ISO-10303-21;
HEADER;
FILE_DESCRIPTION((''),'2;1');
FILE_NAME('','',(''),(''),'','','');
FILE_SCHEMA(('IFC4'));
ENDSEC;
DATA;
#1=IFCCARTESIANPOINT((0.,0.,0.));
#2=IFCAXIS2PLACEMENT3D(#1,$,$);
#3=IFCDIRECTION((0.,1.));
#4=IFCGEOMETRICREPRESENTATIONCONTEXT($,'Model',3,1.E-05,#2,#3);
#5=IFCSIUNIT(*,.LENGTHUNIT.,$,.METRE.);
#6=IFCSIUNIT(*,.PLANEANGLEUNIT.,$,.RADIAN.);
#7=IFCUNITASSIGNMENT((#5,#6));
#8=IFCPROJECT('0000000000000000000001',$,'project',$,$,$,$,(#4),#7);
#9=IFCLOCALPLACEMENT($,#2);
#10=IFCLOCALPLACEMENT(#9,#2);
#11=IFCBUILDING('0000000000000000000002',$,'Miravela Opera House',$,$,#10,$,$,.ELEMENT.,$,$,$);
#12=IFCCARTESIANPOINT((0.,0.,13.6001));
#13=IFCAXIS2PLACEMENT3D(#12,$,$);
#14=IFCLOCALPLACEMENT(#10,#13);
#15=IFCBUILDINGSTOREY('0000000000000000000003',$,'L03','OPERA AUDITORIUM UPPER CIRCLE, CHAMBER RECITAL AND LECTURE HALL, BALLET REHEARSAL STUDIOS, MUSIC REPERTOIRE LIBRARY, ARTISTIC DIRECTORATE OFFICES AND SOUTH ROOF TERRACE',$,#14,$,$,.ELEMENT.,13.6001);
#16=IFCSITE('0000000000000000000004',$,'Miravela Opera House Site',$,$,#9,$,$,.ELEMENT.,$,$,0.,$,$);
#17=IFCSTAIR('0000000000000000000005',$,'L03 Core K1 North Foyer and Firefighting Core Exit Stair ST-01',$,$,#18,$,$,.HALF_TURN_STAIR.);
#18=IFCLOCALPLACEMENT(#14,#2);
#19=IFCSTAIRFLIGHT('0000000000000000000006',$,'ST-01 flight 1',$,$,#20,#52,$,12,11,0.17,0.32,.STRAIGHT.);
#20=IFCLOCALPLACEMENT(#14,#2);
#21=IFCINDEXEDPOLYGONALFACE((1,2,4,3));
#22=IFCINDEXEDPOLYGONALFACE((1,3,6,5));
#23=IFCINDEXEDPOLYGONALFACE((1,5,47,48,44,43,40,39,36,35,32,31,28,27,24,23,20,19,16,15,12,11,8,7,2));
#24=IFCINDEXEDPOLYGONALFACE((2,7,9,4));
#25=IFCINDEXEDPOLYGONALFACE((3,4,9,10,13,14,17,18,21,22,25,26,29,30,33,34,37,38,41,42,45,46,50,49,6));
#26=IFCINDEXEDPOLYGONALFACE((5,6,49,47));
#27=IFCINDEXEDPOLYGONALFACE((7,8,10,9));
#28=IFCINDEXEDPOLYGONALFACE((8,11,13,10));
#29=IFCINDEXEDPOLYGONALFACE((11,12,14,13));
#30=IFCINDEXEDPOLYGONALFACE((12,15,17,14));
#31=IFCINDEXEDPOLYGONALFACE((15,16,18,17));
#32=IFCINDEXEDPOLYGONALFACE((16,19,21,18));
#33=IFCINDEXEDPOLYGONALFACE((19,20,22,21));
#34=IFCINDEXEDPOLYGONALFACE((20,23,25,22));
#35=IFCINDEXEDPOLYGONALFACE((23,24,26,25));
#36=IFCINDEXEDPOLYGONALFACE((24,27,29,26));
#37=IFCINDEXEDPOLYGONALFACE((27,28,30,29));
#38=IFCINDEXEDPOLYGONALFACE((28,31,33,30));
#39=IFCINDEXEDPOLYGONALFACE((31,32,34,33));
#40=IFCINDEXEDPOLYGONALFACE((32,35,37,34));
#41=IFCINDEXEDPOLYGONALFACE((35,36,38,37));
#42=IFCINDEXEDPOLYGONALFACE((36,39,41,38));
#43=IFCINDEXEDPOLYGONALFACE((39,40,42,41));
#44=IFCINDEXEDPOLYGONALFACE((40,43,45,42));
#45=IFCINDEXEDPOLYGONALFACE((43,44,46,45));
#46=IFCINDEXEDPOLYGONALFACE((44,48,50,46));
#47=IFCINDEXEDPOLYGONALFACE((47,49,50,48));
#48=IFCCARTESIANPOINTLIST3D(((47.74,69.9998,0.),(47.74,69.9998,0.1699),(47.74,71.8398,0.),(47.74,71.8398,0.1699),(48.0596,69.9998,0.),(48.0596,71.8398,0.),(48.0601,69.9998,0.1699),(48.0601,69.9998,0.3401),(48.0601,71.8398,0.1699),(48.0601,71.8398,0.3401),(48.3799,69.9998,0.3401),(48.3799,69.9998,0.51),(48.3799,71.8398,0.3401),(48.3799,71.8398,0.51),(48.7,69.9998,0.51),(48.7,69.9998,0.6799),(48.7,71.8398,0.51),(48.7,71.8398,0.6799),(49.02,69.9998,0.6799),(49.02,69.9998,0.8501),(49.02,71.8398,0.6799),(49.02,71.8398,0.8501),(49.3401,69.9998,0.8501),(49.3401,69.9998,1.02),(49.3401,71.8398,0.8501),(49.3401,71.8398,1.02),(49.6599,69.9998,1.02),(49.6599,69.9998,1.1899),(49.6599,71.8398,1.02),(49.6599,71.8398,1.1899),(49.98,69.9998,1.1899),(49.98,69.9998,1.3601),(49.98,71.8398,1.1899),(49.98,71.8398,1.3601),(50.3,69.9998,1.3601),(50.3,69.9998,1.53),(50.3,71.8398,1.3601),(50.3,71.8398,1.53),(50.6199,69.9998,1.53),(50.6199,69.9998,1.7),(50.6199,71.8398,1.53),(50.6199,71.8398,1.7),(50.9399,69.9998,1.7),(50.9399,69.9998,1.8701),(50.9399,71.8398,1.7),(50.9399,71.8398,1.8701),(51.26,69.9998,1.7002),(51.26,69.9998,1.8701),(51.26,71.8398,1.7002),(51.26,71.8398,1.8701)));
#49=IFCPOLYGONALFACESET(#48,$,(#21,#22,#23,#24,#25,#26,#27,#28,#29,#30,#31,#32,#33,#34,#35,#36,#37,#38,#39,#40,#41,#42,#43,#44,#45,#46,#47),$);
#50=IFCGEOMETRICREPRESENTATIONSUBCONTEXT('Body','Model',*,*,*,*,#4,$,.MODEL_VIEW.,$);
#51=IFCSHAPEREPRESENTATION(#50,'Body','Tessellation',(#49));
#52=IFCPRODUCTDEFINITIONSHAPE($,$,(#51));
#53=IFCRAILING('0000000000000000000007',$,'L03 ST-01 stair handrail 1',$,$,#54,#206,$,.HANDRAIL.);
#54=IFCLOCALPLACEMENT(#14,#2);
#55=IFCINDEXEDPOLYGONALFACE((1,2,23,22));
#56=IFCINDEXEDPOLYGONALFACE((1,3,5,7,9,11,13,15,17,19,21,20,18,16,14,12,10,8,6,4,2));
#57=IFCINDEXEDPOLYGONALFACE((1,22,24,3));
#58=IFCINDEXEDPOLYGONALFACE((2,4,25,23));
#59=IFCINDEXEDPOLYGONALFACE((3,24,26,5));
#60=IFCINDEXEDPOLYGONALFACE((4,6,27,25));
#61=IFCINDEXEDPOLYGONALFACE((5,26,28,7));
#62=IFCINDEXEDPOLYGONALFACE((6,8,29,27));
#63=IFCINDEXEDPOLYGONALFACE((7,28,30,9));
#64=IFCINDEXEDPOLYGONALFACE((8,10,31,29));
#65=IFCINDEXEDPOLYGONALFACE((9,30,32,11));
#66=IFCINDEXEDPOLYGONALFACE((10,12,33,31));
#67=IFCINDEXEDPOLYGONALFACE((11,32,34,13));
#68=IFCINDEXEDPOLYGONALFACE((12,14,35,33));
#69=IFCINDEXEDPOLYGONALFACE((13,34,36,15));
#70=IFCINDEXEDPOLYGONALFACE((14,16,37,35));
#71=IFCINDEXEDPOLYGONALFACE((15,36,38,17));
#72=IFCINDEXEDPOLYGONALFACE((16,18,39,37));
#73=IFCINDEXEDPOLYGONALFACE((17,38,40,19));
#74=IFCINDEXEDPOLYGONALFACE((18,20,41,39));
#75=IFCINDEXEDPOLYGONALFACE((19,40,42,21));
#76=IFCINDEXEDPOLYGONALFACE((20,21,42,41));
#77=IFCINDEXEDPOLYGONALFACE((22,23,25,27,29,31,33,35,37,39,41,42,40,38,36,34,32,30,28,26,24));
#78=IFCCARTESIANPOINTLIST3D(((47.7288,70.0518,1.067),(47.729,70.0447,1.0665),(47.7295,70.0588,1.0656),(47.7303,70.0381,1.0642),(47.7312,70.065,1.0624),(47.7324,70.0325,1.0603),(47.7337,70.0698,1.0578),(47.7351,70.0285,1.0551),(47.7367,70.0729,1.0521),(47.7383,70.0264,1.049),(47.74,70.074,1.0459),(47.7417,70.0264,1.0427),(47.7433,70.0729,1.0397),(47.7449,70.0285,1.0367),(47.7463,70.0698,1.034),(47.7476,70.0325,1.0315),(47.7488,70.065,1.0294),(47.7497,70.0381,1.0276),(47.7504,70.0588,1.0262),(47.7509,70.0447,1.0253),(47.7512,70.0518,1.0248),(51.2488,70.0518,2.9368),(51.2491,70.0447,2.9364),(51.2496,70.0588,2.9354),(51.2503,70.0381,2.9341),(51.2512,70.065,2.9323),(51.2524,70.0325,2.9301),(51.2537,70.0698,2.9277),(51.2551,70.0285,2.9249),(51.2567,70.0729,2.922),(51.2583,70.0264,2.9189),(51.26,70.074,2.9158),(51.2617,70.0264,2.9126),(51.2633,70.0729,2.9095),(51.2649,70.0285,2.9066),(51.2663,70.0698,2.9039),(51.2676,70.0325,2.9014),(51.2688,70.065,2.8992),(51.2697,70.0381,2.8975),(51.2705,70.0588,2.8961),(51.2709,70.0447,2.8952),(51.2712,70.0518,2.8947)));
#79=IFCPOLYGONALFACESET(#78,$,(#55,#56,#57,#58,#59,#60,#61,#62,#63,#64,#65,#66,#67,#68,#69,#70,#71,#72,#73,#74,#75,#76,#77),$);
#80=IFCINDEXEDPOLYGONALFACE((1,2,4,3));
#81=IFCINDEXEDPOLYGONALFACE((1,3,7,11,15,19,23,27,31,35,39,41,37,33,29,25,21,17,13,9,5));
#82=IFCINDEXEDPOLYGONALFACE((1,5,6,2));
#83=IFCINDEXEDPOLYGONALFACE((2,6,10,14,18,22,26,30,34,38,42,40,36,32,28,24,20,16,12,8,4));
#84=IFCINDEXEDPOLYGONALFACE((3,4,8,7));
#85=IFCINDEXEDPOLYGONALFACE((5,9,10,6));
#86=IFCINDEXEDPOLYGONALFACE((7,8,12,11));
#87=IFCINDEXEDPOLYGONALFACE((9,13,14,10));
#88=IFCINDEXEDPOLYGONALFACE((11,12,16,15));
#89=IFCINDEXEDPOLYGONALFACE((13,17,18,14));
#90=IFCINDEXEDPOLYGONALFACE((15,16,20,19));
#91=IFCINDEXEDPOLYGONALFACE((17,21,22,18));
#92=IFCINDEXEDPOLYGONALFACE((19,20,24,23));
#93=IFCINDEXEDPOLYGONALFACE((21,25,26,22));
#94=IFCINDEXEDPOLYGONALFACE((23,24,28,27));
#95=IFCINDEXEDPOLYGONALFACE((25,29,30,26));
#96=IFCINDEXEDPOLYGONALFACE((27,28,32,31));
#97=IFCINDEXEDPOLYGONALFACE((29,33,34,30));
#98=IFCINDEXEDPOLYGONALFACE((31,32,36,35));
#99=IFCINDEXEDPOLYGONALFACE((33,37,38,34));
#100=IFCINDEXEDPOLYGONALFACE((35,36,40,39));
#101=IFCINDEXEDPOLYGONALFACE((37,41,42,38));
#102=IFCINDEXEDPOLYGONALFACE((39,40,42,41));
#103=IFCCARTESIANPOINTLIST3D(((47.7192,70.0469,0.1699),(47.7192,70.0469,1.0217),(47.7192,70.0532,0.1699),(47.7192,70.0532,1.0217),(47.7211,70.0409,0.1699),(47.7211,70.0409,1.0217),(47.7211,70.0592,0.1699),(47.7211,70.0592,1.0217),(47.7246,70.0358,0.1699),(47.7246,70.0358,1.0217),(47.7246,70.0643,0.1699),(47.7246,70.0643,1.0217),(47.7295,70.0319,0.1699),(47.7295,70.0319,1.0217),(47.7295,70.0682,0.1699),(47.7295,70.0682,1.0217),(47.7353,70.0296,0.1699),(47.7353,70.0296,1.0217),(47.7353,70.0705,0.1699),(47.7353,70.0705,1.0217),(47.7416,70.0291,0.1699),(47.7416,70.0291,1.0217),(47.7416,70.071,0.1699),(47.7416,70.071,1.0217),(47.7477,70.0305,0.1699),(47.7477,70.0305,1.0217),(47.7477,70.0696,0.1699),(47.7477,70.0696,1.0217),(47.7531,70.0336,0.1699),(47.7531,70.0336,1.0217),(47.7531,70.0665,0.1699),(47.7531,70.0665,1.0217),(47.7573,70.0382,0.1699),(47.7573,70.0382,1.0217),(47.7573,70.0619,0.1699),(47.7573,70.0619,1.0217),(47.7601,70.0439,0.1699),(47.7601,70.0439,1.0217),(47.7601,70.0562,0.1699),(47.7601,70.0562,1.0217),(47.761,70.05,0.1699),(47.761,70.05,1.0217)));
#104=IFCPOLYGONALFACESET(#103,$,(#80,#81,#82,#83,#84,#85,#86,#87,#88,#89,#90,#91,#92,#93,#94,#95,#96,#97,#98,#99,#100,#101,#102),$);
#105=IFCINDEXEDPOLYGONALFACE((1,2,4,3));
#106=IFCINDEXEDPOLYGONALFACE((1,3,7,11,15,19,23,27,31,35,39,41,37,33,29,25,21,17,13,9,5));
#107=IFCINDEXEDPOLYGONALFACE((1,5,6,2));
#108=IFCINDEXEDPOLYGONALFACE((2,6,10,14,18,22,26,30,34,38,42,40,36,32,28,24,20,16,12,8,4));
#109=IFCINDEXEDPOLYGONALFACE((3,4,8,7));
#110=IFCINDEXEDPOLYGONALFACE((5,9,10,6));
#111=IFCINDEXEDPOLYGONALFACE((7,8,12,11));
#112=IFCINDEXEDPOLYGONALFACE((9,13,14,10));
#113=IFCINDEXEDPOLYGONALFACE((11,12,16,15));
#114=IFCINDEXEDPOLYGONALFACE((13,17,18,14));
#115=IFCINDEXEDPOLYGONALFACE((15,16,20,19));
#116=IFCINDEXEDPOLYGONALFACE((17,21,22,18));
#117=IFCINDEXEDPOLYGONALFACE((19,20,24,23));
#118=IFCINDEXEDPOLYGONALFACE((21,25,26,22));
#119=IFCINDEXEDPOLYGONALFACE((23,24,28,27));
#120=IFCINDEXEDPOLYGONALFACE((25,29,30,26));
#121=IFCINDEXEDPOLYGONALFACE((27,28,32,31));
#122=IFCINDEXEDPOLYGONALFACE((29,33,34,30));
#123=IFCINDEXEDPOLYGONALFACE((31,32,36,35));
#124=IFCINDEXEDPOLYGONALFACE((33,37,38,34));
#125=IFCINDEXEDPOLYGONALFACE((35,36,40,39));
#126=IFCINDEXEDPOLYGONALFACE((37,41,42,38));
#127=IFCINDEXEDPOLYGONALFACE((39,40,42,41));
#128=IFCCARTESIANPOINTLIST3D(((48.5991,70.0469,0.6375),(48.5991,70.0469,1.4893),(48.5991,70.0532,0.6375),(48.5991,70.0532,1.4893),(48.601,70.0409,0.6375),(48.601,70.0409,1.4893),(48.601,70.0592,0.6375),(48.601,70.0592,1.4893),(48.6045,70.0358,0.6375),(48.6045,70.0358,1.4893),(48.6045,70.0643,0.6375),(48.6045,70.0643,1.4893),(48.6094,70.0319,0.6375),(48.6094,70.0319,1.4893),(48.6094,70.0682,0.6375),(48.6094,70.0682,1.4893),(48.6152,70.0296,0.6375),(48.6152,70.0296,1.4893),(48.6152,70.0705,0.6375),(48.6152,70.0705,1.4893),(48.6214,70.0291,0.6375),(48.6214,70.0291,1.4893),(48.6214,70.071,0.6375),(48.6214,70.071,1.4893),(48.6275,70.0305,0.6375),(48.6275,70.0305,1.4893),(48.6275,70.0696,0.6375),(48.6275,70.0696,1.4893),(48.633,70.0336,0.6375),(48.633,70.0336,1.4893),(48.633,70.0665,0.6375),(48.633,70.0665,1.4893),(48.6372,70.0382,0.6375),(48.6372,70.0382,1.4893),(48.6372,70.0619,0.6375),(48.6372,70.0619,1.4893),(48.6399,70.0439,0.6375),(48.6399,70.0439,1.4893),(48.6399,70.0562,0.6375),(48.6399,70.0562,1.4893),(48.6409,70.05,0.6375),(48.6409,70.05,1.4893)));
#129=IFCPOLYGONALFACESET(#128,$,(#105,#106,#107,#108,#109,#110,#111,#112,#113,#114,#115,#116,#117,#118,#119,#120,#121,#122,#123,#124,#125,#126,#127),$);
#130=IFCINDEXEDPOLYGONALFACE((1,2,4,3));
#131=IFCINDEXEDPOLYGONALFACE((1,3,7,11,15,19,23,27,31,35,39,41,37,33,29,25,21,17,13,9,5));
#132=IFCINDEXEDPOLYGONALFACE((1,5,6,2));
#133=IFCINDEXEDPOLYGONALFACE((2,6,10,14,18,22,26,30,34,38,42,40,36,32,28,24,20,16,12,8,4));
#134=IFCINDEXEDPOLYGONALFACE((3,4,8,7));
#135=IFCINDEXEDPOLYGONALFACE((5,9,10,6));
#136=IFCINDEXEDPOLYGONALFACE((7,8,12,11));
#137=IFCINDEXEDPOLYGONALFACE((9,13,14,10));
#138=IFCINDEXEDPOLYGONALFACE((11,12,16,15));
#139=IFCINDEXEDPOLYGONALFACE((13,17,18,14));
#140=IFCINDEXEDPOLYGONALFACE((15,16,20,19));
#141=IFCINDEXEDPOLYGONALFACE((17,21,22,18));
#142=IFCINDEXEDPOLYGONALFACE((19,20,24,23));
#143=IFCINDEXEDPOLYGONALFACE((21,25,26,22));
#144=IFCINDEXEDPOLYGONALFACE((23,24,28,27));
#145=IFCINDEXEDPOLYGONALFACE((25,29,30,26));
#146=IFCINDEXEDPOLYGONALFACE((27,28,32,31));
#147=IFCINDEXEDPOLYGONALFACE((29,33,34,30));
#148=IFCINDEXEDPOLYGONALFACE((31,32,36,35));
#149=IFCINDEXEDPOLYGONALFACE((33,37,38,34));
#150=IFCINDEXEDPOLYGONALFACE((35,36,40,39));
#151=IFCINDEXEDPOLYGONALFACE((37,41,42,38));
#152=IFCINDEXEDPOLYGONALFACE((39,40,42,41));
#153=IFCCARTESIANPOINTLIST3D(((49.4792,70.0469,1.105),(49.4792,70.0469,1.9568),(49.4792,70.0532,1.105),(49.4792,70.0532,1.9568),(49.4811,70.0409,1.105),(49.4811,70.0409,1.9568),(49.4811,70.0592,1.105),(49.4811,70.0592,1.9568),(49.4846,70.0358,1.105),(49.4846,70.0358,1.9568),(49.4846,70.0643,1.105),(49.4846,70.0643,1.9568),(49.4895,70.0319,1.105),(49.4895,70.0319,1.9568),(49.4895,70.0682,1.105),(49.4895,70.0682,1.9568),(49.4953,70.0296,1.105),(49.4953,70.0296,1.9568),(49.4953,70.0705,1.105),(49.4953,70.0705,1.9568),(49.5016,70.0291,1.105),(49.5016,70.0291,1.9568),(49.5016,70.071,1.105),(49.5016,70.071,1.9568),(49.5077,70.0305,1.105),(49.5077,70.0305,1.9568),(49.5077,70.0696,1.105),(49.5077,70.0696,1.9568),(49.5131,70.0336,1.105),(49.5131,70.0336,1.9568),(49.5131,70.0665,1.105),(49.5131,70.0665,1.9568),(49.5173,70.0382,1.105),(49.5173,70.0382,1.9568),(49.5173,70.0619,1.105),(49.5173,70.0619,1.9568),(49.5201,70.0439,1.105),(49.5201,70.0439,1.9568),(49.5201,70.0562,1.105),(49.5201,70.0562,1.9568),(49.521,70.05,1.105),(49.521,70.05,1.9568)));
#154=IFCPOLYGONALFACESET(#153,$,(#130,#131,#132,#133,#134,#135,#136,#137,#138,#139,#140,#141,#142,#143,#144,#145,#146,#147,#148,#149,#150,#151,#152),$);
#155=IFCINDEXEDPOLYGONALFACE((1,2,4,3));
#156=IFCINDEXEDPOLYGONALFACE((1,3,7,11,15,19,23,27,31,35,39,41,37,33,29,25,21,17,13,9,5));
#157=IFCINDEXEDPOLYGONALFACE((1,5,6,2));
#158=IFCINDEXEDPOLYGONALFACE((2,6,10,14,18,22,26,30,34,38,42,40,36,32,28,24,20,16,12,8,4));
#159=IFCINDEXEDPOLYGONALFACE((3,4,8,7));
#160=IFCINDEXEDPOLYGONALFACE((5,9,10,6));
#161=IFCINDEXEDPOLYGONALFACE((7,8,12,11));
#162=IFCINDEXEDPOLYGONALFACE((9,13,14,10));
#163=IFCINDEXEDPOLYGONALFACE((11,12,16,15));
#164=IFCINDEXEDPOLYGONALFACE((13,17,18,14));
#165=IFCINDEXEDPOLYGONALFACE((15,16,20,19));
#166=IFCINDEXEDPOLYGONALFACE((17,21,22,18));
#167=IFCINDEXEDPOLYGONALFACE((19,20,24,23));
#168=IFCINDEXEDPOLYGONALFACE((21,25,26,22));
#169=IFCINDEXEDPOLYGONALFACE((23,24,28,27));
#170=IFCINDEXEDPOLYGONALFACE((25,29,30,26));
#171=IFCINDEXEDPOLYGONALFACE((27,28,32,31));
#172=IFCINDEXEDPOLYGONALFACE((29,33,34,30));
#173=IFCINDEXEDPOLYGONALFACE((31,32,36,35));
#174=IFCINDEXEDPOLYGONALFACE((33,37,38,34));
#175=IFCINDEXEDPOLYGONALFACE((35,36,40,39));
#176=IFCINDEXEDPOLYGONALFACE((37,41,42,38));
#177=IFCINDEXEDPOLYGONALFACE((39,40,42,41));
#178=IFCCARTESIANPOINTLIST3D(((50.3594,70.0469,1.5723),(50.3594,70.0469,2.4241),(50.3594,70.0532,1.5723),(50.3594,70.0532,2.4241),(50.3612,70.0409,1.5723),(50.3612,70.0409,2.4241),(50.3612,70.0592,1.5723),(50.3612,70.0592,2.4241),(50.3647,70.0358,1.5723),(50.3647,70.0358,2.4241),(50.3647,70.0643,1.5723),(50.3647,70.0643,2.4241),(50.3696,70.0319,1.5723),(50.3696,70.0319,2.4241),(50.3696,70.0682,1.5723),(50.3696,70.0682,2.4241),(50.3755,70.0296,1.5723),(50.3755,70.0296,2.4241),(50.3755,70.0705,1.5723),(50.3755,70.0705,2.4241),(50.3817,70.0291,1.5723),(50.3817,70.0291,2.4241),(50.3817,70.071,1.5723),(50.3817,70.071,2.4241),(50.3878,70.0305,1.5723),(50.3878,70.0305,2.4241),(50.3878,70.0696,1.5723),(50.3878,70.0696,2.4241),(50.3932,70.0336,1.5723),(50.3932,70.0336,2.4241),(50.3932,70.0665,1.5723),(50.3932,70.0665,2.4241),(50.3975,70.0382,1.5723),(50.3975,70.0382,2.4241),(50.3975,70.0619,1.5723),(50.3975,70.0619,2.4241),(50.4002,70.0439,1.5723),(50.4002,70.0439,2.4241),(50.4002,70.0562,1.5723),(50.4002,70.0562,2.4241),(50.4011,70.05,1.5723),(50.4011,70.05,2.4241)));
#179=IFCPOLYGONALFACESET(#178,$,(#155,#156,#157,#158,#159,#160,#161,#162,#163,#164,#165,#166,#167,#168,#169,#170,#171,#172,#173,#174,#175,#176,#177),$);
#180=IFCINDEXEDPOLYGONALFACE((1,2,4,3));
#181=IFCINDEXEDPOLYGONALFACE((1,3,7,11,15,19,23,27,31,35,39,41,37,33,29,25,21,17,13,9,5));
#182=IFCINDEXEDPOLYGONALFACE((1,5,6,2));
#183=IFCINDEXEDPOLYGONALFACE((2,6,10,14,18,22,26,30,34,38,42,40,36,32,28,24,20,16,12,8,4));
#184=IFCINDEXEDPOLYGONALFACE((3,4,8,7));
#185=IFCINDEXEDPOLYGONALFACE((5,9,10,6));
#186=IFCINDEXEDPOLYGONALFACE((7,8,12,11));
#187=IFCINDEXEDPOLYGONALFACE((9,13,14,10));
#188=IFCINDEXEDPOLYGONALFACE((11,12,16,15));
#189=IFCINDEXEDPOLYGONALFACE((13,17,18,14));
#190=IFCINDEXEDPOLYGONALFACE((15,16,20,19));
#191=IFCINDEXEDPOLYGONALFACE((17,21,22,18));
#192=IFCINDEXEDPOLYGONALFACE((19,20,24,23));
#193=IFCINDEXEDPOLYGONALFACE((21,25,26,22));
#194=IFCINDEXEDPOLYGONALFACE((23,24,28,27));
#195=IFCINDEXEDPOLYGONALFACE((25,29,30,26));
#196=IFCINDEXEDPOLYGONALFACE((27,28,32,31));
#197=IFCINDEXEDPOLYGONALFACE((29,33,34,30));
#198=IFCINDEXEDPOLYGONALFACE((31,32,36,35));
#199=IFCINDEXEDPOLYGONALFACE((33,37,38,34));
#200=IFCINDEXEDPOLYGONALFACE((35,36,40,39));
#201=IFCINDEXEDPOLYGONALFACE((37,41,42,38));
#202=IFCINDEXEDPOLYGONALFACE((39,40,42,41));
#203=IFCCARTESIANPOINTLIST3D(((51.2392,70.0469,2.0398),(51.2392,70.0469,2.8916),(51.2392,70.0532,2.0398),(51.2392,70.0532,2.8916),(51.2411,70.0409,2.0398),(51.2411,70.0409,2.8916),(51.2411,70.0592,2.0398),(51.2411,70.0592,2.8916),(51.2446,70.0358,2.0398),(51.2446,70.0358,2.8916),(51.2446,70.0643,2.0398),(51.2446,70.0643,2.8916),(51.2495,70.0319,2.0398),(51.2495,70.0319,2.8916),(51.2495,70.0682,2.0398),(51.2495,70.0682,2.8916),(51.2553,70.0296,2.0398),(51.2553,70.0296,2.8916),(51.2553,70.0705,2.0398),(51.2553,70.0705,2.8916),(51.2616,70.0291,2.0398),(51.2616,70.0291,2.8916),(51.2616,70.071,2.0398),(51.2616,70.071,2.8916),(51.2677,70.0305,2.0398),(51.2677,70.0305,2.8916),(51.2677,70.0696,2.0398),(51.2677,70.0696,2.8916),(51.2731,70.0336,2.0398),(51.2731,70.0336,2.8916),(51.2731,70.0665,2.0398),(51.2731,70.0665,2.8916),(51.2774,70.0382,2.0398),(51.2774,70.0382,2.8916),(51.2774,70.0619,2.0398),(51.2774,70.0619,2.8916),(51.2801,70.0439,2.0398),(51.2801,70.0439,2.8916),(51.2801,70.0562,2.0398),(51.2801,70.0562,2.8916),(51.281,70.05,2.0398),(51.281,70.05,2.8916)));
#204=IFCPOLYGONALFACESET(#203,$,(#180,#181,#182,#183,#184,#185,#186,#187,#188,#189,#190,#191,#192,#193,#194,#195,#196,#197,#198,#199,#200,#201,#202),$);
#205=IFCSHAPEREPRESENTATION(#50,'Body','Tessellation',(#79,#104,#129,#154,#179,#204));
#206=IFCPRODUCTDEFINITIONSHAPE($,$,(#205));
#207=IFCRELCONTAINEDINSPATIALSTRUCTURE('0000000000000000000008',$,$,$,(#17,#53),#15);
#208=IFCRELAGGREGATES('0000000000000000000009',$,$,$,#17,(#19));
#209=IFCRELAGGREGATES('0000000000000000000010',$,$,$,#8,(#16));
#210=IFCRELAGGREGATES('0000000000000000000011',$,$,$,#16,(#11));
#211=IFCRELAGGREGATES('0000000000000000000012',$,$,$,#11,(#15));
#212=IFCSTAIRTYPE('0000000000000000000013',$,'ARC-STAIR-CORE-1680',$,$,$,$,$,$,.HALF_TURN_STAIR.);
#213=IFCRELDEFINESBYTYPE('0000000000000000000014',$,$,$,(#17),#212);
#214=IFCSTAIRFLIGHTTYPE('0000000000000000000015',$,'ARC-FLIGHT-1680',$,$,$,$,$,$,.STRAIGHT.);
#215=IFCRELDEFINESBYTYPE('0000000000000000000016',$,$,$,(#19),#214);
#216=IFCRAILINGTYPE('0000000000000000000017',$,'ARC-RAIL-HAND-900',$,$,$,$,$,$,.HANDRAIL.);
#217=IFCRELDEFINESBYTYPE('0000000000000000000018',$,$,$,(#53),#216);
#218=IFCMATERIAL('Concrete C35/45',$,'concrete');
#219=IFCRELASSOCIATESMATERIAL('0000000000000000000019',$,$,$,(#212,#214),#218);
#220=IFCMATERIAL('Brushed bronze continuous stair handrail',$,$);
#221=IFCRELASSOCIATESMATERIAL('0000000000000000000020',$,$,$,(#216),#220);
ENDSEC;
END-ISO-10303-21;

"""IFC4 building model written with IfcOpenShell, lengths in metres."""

from ifc_helpers import new_model, si_unit, direction, frame, origin, origin_2d, place, context, subcontext, project, spatial, polyline, circle, outline, extrude, material, type_object, element, aggregate, save


model = new_model("IFC4")

# Units and contexts
model_context = context("Model", 3, precision=1e-05, world=origin(), true_north=direction((0.0, 1.0)))
body_context = subcontext(model_context, "Body", "Model", "MODEL_VIEW")
ifc_project = project(units=[si_unit("LENGTHUNIT", "METRE"), si_unit("PLANEANGLEUNIT", "RADIAN")], contexts=[model_context])

# Site, building, storey
site_placement = place(None, origin())
site = spatial("IfcSite", under=ifc_project, at=site_placement, Name="Miravela Opera House Site", CompositionType="ELEMENT", RefElevation=0.0)
building_placement = place(site_placement, origin())
building = spatial("IfcBuilding", under=site, at=building_placement, Name="Miravela Opera House", CompositionType="ELEMENT")
storey_placement = place(building_placement, frame((0.0, 0.0, 13.6001)))
storey = spatial("IfcBuildingStorey", under=building, at=storey_placement, Name="L03", Description="OPERA AUDITORIUM UPPER CIRCLE, CHAMBER RECITAL AND LECTURE HALL, BALLET REHEARSAL STUDIOS, MUSIC REPERTOIRE LIBRARY, ARTISTIC DIRECTORATE OFFICES AND SOUTH ROOF TERRACE", CompositionType="ELEMENT", Elevation=13.6001)

# Shared definitions
ifc_material_1 = material(Name="Concrete C35/45", Category="concrete")

# Stair, stair flight
stair_type = type_object("IfcStairType", Name="ARC-STAIR-CORE-1680", PredefinedType="HALF_TURN_STAIR", material=ifc_material_1)
stair_placement = place(storey_placement, origin())
stair = element("IfcStair", 1, at=stair_placement, inside=storey, type_object=stair_type, Name="L03 Core K1 North Foyer and Firefighting Core Exit Stair ST-01", PredefinedType="HALF_TURN_STAIR")
stair_flight_type = type_object("IfcStairFlightType", Name="ARC-FLIGHT-1680", PredefinedType="STRAIGHT", material=ifc_material_1)
stair_flight_placement = place(storey_placement, frame((47.74, 70.9199, 0.0), z_axis=(0.0, 0.0, 1.0), x_axis=(1.0, 0.0, 0.0)))
stair_flight = element("IfcStairFlight", 2, at=stair_flight_placement, type_object=stair_flight_type, Name="ST-01 flight 1", NumberOfRisers=12, NumberOfTreads=11, PredefinedType="STRAIGHT", RiserHeight=0.17, TreadLength=0.32, context=body_context, shape_type="SweptSolid", body=[
    extrude(outline(polyline([(0.0, 0.0), (0.0, 0.1699), (0.3201, 0.1699), (0.3201, 0.3401), (0.6399, 0.3401), (0.6399, 0.51), (0.96, 0.51), (0.96, 0.6799), (1.28, 0.6799), (1.28, 0.8501), (1.6001, 0.8501), (1.6001, 1.02), (1.9199, 1.02), (1.9199, 1.1899), (2.24, 1.1899), (2.24, 1.3601), (2.5601, 1.3601), (2.5601, 1.53), (2.8799, 1.53), (2.8799, 1.7), (3.2, 1.7), (3.2, 1.8701), (3.52, 1.8701), (3.52, 2.04), (3.52, 1.7002), (0.3196, 0.0), (0.0, 0.0)])), frame((0.0, 0.9199, 0.0), z_axis=(0.0, -1.0, 0.0), x_axis=(1.0, 0.0, 0.0)), (0.0, 0.0, 1.0), 1.8401),
])
aggregate(stair, [stair_flight])

# Railing
ifc_material_2 = material(Name="Brushed bronze continuous stair handrail")
railing_type_1 = type_object("IfcRailingType", Name="ARC-RAIL-HAND-900", PredefinedType="HANDRAIL", material=ifc_material_2)
railing_1_placement = place(storey_placement, frame((47.74, 70.05, 0.1699)))
element("IfcRailing", 3, at=railing_1_placement, inside=storey, type_object=railing_type_1, Name="L03 ST-01 stair handrail 1", PredefinedType="HANDRAIL", context=body_context, shape_type="SweptSolid", body=[
    extrude(circle(Radius=0.0239, at=origin_2d()), frame((0.0, 0.0, 0.876), z_axis=(0.88313, 0.0, 0.469128), x_axis=(0.0, 1.0, 0.0)), (0.0, 0.0, 1.0), 3.9858),
    extrude(circle(Radius=0.021, at=origin_2d()), origin(), (0.0, 0.0, 1.0), 0.8518),
    extrude(circle(Radius=0.021, at=origin_2d()), frame((0.8799, 0.0, 0.4675)), (0.0, 0.0, 1.0), 0.8518),
    extrude(circle(Radius=0.021, at=origin_2d()), frame((1.76, 0.0, 0.9351)), (0.0, 0.0, 1.0), 0.8518),
    extrude(circle(Radius=0.021, at=origin_2d()), frame((2.6401, 0.0, 1.4023)), (0.0, 0.0, 1.0), 0.8518),
    extrude(circle(Radius=0.021, at=origin_2d()), frame((3.52, 0.0, 1.8699)), (0.0, 0.0, 1.0), 0.8518),
])

save(model, "model.ifc")
